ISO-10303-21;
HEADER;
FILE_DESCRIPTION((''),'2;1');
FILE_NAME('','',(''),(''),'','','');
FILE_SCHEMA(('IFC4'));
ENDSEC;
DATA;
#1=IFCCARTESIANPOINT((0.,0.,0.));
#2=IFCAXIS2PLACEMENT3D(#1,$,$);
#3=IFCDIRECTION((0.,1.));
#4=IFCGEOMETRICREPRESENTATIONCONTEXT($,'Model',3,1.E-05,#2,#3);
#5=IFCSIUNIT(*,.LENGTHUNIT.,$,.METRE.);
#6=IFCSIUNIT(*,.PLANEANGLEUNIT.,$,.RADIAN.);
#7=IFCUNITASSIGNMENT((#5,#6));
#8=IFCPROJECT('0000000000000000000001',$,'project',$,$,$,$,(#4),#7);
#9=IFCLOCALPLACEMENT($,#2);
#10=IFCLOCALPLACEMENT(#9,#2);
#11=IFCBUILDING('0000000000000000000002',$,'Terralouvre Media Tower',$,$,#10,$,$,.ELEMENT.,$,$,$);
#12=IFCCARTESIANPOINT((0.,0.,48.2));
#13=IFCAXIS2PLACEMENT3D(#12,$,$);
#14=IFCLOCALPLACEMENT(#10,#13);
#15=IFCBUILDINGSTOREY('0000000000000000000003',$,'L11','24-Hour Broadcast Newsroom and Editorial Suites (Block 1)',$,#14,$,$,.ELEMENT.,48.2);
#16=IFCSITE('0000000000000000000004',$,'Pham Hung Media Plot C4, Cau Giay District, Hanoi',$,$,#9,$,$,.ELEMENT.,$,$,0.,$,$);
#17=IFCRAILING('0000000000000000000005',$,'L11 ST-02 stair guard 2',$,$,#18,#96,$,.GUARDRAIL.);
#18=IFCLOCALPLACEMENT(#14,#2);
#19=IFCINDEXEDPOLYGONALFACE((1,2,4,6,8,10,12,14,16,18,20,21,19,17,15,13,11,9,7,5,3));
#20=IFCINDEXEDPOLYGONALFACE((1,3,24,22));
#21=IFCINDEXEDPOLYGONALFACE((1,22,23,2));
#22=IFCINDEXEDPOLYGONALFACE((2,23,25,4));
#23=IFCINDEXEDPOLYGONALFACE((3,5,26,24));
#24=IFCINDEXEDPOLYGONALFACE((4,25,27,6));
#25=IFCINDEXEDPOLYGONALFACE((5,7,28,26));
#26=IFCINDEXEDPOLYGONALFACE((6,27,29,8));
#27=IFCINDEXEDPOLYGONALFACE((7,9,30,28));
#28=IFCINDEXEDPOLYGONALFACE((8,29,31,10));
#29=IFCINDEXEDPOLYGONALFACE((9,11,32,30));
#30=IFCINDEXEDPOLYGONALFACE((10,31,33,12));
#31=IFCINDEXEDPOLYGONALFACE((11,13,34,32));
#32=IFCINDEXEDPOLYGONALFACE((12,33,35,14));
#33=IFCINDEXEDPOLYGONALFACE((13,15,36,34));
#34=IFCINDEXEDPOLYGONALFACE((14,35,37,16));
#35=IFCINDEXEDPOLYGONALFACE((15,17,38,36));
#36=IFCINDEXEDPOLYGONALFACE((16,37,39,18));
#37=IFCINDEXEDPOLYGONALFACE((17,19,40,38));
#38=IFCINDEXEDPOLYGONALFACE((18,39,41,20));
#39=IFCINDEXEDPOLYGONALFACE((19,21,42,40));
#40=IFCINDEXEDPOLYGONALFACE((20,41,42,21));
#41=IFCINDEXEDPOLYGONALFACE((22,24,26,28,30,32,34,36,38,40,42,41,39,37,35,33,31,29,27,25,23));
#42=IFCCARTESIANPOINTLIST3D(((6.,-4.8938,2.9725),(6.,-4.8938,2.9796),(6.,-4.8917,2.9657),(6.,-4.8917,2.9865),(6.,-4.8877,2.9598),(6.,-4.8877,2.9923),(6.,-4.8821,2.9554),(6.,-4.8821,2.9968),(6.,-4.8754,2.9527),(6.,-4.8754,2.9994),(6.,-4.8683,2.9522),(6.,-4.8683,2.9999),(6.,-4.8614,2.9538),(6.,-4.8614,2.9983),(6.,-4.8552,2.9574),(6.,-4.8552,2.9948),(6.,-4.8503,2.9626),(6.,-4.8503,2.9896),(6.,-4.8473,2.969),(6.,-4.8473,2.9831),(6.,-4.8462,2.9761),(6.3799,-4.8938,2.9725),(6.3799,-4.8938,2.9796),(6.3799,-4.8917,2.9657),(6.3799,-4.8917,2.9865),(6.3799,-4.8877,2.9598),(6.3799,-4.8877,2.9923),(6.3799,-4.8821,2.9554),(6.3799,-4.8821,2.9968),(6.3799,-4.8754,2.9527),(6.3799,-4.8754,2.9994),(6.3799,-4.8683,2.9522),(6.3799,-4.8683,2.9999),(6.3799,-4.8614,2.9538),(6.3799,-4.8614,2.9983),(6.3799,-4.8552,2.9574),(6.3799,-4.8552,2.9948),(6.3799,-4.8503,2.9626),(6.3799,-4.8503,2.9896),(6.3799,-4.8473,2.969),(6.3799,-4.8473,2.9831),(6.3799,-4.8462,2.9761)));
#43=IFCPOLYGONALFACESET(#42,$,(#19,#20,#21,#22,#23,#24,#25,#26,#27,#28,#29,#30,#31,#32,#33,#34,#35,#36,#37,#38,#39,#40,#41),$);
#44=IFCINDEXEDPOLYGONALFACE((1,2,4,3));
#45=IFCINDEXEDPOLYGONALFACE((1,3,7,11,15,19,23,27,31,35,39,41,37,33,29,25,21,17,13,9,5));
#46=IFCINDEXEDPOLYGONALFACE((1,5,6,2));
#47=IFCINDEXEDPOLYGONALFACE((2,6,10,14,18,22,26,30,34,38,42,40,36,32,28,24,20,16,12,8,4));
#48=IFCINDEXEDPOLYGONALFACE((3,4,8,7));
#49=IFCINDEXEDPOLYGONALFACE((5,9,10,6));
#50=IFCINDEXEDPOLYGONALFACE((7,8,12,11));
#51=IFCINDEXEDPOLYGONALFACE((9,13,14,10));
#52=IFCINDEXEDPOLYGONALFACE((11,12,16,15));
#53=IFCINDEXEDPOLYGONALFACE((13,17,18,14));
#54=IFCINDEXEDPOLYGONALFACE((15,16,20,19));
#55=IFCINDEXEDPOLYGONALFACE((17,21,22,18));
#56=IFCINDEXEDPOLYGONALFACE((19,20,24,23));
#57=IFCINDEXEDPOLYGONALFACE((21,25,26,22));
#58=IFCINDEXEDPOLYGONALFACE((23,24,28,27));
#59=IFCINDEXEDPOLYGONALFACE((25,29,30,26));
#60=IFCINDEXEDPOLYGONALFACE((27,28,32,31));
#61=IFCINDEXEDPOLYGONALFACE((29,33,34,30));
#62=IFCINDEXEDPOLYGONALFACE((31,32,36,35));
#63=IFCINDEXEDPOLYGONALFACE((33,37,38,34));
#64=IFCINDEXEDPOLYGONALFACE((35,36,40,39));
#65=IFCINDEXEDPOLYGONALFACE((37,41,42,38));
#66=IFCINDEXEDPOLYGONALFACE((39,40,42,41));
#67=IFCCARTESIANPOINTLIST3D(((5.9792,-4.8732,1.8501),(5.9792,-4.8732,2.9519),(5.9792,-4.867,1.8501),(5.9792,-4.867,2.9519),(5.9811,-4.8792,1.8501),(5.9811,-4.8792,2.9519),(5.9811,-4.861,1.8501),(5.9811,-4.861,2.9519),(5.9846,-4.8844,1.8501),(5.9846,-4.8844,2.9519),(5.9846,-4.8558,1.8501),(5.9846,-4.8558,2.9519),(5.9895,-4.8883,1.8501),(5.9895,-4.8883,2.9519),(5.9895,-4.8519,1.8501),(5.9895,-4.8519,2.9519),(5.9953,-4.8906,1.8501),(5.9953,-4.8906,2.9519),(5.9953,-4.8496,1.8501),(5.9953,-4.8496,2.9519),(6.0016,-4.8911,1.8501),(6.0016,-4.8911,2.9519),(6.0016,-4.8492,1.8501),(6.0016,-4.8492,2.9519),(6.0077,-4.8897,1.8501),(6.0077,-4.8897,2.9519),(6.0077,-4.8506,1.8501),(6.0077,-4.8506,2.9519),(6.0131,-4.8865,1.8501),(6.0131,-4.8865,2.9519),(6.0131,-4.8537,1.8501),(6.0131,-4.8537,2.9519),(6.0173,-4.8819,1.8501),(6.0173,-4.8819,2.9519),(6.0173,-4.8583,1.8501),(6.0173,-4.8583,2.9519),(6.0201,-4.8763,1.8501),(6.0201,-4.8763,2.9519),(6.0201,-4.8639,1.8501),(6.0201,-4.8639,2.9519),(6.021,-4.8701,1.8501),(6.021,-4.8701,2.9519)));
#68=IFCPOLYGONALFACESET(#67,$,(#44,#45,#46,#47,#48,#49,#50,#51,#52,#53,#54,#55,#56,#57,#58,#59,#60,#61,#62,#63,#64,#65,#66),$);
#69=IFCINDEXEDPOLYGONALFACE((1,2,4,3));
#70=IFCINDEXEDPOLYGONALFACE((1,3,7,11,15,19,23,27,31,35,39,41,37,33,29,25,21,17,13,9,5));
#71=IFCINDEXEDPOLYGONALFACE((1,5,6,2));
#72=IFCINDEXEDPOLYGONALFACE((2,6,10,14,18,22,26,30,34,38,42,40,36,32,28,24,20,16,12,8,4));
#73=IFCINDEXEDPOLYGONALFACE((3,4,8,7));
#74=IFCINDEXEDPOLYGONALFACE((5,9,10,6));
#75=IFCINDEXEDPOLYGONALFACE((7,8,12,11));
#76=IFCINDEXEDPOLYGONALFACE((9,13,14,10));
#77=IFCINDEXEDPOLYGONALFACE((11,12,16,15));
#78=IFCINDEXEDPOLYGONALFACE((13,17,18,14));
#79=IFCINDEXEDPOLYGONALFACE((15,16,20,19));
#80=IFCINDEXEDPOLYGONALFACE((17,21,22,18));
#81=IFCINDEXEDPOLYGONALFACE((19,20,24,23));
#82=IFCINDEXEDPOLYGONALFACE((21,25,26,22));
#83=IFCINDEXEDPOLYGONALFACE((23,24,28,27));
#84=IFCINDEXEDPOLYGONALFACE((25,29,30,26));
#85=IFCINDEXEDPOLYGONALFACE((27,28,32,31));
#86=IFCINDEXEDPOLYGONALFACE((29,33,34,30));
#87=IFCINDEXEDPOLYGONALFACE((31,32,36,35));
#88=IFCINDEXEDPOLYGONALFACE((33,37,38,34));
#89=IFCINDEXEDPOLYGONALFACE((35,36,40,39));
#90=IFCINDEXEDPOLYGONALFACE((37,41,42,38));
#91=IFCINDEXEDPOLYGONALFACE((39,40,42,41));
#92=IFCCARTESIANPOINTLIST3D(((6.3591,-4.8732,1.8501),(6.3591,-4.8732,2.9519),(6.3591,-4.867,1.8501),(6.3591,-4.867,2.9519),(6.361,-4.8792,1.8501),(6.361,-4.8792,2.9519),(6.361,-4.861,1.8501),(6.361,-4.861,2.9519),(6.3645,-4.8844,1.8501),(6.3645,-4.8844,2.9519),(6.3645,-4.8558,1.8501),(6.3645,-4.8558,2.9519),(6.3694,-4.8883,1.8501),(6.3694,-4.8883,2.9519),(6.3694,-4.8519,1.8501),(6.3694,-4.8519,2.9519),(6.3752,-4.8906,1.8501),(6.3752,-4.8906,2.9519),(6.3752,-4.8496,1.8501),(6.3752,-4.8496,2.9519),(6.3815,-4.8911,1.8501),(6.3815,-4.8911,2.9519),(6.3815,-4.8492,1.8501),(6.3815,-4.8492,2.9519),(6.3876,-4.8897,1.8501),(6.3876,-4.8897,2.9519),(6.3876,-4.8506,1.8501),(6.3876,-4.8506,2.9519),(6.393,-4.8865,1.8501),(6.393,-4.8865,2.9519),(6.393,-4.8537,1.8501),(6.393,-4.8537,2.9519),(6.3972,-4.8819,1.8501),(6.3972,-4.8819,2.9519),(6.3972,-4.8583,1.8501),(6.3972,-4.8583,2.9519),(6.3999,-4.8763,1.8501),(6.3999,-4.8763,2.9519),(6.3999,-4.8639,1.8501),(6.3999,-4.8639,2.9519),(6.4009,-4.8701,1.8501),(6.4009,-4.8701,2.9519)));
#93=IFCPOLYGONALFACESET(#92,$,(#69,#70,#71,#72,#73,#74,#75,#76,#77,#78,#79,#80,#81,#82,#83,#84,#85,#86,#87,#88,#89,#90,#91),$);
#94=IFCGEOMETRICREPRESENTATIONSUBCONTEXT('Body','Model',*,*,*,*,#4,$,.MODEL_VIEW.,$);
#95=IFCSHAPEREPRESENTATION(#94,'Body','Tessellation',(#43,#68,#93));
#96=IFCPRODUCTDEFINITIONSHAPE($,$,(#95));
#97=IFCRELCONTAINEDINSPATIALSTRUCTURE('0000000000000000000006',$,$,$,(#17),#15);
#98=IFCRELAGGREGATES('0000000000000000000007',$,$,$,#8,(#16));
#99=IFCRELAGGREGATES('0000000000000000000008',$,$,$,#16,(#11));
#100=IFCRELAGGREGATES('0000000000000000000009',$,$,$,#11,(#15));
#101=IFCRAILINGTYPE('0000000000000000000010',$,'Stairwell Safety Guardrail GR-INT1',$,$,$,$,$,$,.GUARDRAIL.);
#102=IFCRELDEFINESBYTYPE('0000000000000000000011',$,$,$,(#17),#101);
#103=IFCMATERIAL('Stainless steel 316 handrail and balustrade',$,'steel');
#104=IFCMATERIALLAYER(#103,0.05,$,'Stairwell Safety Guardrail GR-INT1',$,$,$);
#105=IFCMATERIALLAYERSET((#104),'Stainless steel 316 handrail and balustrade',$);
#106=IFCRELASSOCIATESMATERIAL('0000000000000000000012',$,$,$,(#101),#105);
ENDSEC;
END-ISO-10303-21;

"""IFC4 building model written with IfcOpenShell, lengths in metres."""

from ifc_helpers import new_model, si_unit, direction, frame, origin, origin_2d, place, context, subcontext, project, spatial, circle, extrude, material, layer, layer_set, type_object, element, save


model = new_model("IFC4")

# Units and contexts
model_context = context("Model", 3, precision=1e-05, world=origin(), true_north=direction((0.0, 1.0)))
body_context = subcontext(model_context, "Body", "Model", "MODEL_VIEW")
ifc_project = project(units=[si_unit("LENGTHUNIT", "METRE"), si_unit("PLANEANGLEUNIT", "RADIAN")], contexts=[model_context])

# Site, building, storey
site_placement = place(None, origin())
site = spatial("IfcSite", under=ifc_project, at=site_placement, Name="Pham Hung Media Plot C4, Cau Giay District, Hanoi", CompositionType="ELEMENT", RefElevation=0.0)
building_placement = place(site_placement, origin())
building = spatial("IfcBuilding", under=site, at=building_placement, Name="Terralouvre Media Tower", CompositionType="ELEMENT")
storey_placement = place(building_placement, frame((0.0, 0.0, 48.2)))
storey = spatial("IfcBuildingStorey", under=building, at=storey_placement, Name="L11", Description="24-Hour Broadcast Newsroom and Editorial Suites (Block 1)", CompositionType="ELEMENT", Elevation=48.2)

# Railing
ifc_material_1 = material(Name="Stainless steel 316 handrail and balustrade", Category="steel")
ifc_layer_1 = layer(ifc_material_1, 0.05, Name="Stairwell Safety Guardrail GR-INT1")
ifc_layer_set_1 = layer_set([ifc_layer_1], Name="Stainless steel 316 handrail and balustrade")
railing_type_1 = type_object("IfcRailingType", Name="Stairwell Safety Guardrail GR-INT1", PredefinedType="GUARDRAIL", material=ifc_layer_set_1)
railing_1_placement = place(storey_placement, frame((6.0, -4.8701, 1.8501)))
element("IfcRailing", 1, at=railing_1_placement, inside=storey, type_object=railing_type_1, Name="L11 ST-02 stair guard 2", PredefinedType="GUARDRAIL", context=body_context, shape_type="SweptSolid", body=[
    extrude(circle(Radius=0.0239, at=origin_2d()), frame((0.0, 0.0, 1.126), z_axis=(1.0, 0.0, 0.0), x_axis=(0.0, 1.0, 0.0)), (0.0, 0.0, 1.0), 0.3799),
    extrude(circle(Radius=0.021, at=origin_2d()), origin(), (0.0, 0.0, 1.0), 1.1018),
    extrude(circle(Radius=0.021, at=origin_2d()), frame((0.3799, 0.0, 0.0)), (0.0, 0.0, 1.0), 1.1018),
])

save(model, "model.ifc")
